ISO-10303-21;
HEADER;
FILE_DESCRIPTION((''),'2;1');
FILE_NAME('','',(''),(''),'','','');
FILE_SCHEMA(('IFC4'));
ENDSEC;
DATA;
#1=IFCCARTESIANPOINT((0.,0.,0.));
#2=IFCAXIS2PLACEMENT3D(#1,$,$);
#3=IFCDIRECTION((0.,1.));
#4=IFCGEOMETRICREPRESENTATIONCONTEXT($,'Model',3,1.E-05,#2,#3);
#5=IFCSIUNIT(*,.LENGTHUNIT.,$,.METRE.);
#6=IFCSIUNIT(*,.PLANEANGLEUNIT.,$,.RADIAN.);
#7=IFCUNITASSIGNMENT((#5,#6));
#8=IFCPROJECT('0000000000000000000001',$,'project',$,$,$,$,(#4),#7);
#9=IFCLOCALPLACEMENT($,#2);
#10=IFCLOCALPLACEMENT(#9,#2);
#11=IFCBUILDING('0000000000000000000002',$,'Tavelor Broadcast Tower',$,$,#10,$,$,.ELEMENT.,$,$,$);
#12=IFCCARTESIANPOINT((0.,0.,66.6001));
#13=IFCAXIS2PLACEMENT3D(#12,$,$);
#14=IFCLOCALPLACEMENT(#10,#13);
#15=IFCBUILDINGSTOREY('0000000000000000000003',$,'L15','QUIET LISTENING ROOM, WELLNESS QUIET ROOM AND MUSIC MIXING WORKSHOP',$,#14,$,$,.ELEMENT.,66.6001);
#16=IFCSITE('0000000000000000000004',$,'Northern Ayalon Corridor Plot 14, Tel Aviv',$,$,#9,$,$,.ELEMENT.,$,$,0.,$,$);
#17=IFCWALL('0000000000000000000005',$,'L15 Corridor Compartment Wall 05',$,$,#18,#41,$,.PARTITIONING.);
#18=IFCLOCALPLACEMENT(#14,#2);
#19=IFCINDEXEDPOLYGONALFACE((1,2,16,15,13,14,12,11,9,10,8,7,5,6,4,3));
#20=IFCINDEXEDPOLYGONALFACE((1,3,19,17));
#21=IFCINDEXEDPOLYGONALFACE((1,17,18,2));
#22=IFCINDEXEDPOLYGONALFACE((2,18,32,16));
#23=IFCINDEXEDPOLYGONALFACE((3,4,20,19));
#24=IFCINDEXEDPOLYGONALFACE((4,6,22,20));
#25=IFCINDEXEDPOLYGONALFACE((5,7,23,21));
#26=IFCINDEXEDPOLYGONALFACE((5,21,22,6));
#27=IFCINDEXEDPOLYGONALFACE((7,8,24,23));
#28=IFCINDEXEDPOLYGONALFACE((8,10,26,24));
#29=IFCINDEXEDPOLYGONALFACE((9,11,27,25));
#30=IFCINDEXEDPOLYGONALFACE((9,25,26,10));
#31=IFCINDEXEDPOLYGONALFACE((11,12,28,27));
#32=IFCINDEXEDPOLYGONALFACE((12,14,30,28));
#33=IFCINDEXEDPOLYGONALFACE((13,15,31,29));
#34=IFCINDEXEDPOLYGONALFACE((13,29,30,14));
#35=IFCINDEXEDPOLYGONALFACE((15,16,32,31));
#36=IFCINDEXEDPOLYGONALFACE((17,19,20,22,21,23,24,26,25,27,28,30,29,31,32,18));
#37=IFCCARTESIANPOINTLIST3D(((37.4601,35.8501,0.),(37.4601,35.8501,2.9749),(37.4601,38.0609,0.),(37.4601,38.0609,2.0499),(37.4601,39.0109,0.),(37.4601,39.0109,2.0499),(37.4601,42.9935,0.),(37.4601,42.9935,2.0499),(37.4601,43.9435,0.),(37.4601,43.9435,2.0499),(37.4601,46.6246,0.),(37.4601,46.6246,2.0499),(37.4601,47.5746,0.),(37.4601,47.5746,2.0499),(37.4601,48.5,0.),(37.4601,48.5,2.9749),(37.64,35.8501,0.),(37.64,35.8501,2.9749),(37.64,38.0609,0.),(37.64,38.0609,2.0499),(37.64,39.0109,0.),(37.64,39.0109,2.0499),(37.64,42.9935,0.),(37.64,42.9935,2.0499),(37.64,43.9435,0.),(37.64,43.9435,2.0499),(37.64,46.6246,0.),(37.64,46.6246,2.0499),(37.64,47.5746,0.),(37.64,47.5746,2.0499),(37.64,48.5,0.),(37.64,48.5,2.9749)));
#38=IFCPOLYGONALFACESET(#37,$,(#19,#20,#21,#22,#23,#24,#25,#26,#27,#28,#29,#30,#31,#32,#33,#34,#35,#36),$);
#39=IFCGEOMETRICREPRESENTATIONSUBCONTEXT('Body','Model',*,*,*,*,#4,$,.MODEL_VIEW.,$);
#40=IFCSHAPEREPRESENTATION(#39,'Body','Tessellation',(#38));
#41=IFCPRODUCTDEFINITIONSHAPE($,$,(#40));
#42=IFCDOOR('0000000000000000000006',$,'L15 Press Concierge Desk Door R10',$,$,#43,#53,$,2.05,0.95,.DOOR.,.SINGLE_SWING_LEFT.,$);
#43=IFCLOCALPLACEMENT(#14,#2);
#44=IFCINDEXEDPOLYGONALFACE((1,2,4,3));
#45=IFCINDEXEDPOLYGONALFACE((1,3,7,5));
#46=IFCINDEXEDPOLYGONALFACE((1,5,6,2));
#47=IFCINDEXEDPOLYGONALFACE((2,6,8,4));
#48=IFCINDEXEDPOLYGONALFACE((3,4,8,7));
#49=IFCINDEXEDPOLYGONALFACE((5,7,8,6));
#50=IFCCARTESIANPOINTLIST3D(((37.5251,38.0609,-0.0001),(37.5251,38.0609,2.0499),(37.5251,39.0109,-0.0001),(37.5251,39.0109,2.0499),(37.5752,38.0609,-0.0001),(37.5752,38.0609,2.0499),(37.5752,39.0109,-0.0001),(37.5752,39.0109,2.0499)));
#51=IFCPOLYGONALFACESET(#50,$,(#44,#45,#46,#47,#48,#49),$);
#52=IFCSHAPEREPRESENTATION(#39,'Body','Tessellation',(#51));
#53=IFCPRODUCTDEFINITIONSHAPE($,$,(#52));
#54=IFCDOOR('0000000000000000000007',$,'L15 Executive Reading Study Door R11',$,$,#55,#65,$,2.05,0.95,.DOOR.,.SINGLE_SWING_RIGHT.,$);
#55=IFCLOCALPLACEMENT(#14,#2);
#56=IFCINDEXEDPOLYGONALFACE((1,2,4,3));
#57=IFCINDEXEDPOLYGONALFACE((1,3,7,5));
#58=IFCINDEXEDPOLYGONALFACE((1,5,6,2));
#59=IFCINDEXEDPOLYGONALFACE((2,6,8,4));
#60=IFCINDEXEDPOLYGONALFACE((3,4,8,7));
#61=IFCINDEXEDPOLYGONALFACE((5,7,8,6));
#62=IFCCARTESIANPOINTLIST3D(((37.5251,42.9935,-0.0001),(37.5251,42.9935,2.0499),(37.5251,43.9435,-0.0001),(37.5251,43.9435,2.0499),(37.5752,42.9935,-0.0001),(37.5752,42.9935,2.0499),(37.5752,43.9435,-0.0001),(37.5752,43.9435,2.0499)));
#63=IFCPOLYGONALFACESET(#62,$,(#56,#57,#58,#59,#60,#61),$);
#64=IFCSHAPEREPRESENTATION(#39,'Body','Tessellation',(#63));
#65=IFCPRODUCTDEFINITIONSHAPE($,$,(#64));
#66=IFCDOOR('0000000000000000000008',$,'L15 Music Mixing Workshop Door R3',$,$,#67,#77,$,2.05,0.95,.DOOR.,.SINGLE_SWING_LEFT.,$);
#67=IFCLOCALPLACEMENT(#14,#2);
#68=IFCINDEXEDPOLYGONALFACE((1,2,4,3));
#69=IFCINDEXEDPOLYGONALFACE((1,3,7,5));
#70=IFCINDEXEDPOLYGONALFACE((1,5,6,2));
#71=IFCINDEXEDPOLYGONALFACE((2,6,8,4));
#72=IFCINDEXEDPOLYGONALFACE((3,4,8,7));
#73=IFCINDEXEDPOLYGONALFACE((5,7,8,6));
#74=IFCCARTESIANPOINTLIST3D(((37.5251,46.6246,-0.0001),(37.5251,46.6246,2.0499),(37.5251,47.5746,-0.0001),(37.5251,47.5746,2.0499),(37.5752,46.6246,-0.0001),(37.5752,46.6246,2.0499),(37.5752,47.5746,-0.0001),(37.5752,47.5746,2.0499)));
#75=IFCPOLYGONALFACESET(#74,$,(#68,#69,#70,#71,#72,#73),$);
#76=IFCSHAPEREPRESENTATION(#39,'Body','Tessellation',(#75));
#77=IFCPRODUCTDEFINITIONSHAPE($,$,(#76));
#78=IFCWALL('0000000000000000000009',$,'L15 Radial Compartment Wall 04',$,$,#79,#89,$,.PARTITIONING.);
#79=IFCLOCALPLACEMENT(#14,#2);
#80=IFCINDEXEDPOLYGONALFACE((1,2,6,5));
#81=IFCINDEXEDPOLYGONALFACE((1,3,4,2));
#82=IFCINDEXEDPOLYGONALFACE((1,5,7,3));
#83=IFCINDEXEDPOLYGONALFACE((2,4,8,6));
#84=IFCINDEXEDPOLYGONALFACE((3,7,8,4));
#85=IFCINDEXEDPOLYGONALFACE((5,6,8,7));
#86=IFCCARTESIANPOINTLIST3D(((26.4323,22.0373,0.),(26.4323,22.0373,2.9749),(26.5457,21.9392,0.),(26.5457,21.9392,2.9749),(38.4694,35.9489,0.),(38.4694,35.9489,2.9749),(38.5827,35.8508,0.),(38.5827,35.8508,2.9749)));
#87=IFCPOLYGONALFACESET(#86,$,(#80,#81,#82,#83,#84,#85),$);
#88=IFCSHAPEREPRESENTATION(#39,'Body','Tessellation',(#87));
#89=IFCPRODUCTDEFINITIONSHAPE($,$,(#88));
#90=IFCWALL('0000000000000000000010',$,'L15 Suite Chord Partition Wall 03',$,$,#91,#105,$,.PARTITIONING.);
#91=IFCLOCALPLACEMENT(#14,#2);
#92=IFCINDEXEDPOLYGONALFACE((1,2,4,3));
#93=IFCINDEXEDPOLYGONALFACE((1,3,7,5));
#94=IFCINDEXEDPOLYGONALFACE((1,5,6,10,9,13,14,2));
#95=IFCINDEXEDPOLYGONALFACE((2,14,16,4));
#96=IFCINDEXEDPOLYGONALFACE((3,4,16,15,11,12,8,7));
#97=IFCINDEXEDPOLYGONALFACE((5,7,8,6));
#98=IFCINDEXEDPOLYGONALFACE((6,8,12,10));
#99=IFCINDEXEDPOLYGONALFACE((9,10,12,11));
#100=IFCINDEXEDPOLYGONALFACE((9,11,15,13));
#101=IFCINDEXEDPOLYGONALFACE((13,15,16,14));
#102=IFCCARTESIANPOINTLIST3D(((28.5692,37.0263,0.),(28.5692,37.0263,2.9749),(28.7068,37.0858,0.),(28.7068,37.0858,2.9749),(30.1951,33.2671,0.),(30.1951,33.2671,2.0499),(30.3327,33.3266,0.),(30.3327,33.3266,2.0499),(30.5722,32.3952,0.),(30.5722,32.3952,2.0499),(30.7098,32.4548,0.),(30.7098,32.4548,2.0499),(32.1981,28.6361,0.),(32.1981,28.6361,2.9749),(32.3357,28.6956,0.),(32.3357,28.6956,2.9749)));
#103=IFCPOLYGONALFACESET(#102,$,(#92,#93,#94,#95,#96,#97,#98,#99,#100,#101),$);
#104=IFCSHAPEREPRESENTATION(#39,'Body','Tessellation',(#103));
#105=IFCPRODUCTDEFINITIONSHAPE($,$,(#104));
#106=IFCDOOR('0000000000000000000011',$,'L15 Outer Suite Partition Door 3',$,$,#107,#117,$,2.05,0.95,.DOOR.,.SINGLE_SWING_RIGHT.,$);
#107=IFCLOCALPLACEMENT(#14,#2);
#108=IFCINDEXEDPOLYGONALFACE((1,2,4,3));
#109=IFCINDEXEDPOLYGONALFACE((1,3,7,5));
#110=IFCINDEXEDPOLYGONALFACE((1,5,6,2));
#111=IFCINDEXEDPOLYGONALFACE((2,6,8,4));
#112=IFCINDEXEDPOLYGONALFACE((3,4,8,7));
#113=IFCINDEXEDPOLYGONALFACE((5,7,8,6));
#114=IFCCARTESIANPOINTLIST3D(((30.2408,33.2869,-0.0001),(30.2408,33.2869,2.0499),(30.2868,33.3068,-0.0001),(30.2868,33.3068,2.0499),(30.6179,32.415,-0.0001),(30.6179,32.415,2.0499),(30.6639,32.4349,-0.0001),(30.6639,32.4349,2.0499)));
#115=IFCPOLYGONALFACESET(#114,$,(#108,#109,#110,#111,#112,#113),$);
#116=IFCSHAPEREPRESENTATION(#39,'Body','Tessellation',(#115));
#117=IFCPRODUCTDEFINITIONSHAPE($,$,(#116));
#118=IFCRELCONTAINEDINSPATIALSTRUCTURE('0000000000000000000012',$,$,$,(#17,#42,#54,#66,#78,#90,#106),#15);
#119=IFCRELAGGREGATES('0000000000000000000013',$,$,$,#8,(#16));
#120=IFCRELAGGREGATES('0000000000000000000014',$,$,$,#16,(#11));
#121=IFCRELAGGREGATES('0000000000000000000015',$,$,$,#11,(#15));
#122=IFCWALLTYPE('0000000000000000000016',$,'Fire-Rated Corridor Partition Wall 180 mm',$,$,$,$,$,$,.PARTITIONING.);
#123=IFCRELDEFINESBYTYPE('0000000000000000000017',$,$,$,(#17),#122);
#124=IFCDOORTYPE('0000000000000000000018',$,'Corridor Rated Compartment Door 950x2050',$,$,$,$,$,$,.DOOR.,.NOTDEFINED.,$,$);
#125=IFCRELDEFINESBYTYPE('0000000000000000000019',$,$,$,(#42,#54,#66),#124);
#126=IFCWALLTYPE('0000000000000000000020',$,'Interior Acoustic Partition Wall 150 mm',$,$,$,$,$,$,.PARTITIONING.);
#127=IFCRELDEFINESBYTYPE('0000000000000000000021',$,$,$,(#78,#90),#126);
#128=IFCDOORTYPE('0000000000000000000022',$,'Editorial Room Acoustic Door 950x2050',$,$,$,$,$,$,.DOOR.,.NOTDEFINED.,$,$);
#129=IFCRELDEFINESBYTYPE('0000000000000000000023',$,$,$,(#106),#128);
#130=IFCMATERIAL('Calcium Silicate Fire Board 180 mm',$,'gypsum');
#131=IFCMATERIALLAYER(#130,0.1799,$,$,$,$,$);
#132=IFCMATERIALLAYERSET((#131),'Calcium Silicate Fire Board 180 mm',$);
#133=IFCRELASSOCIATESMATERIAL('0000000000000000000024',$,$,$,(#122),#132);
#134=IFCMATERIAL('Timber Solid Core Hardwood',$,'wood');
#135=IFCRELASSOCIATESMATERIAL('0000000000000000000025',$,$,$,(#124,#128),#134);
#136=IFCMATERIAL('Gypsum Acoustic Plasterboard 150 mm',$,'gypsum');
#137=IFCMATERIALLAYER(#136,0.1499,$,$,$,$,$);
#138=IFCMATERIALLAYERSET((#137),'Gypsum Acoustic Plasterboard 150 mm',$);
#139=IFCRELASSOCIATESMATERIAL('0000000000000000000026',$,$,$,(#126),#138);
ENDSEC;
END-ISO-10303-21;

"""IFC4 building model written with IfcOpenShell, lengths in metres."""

from ifc_helpers import new_model, si_unit, direction, frame, frame_2d, origin, place, context, subcontext, project, spatial, rectangle, extrude, material, layer, layer_set, type_object, element, fill, save


model = new_model("IFC4")

# Units and contexts
model_context = context("Model", 3, precision=1e-05, world=origin(), true_north=direction((0.0, 1.0)))
body_context = subcontext(model_context, "Body", "Model", "MODEL_VIEW")
ifc_project = project(units=[si_unit("LENGTHUNIT", "METRE"), si_unit("PLANEANGLEUNIT", "RADIAN")], contexts=[model_context])

# Site, building, storey
site_placement = place(None, origin())
site = spatial("IfcSite", under=ifc_project, at=site_placement, Name="Northern Ayalon Corridor Plot 14, Tel Aviv", CompositionType="ELEMENT", RefElevation=0.0)
building_placement = place(site_placement, origin())
building = spatial("IfcBuilding", under=site, at=building_placement, Name="Tavelor Broadcast Tower", CompositionType="ELEMENT")
storey_placement = place(building_placement, frame((0.0, 0.0, 66.6001)))
storey = spatial("IfcBuildingStorey", under=building, at=storey_placement, Name="L15", Description="QUIET LISTENING ROOM, WELLNESS QUIET ROOM AND MUSIC MIXING WORKSHOP", CompositionType="ELEMENT", Elevation=66.6001)

# Wall, openings, doors
ifc_material_1 = material(Name="Calcium Silicate Fire Board 180 mm", Category="gypsum")
ifc_layer_1 = layer(ifc_material_1, 0.1799)
ifc_layer_set_1 = layer_set([ifc_layer_1], Name="Calcium Silicate Fire Board 180 mm")
wall_type_1 = type_object("IfcWallType", Name="Fire-Rated Corridor Partition Wall 180 mm", PredefinedType="PARTITIONING", material=ifc_layer_set_1)
wall_1_placement = place(storey_placement, frame((37.55, 35.8501, 0.0), z_axis=(0.0, 0.0, 1.0), x_axis=(0.0, 1.0, 0.0)))
wall_1 = element("IfcWall", 1, at=wall_1_placement, inside=storey, type_object=wall_type_1, Name="L15 Corridor Compartment Wall 05", PredefinedType="PARTITIONING", context=body_context, shape_type="SweptSolid", body=[
    extrude(rectangle(XDim=12.6499, YDim=0.1799, at=frame_2d((6.325, 0.0))), origin(), (0.0, 0.0, 1.0), 2.9749),
])
opening_1_placement = place(wall_1_placement, frame((2.2107, 0.0, 0.0)))
opening_1 = element("IfcOpeningElement", 2, at=opening_1_placement, cuts=wall_1, PredefinedType="OPENING", context=body_context, shape_type="SweptSolid", body=[
    extrude(rectangle(XDim=0.95, YDim=2.05, at=frame_2d((0.4751, 1.0249))), frame((0.0, 0.1001, 0.0), z_axis=(0.0, -1.0, 0.0), x_axis=(1.0, 0.0, 0.0)), (0.0, 0.0, 1.0), 0.2),
])
opening_2_placement = place(wall_1_placement, frame((7.1433, 0.0, 0.0)))
opening_2 = element("IfcOpeningElement", 3, at=opening_2_placement, cuts=wall_1, PredefinedType="OPENING", context=body_context, shape_type="SweptSolid", body=[
    extrude(rectangle(XDim=0.95, YDim=2.05, at=frame_2d((0.4751, 1.0249))), frame((0.0, 0.1001, 0.0), z_axis=(0.0, -1.0, 0.0), x_axis=(1.0, 0.0, 0.0)), (0.0, 0.0, 1.0), 0.2),
])
opening_3_placement = place(wall_1_placement, frame((10.7744, 0.0, 0.0)))
opening_3 = element("IfcOpeningElement", 4, at=opening_3_placement, cuts=wall_1, PredefinedType="OPENING", context=body_context, shape_type="SweptSolid", body=[
    extrude(rectangle(XDim=0.95, YDim=2.05, at=frame_2d((0.4751, 1.0249))), frame((0.0, 0.1001, 0.0), z_axis=(0.0, -1.0, 0.0), x_axis=(1.0, 0.0, 0.0)), (0.0, 0.0, 1.0), 0.2),
])
ifc_material_2 = material(Name="Timber Solid Core Hardwood", Category="wood")
door_type_1 = type_object("IfcDoorType", Name="Corridor Rated Compartment Door 950x2050", OperationType="NOTDEFINED", PredefinedType="DOOR", material=ifc_material_2)
door_1_placement = place(opening_1_placement, origin())
door_1 = element("IfcDoor", 5, at=door_1_placement, inside=storey, type_object=door_type_1, Name="L15 Press Concierge Desk Door R10", OperationType="SINGLE_SWING_LEFT", OverallHeight=2.05, OverallWidth=0.95, PredefinedType="DOOR", context=body_context, shape_type="SweptSolid", body=[
    extrude(rectangle(XDim=0.95, YDim=2.05, at=frame_2d((0.4751, 1.0249))), frame((0.0, 0.0249, 0.0), z_axis=(0.0, -1.0, 0.0), x_axis=(1.0, 0.0, 0.0)), (0.0, 0.0, 1.0), 0.05),
])
fill(opening_1, door_1)
door_2_placement = place(opening_2_placement, origin())
door_2 = element("IfcDoor", 6, at=door_2_placement, inside=storey, type_object=door_type_1, Name="L15 Executive Reading Study Door R11", OperationType="SINGLE_SWING_RIGHT", OverallHeight=2.05, OverallWidth=0.95, PredefinedType="DOOR", context=body_context, shape_type="SweptSolid", body=[
    extrude(rectangle(XDim=0.95, YDim=2.05, at=frame_2d((0.4751, 1.0249))), frame((0.0, 0.0249, 0.0), z_axis=(0.0, -1.0, 0.0), x_axis=(1.0, 0.0, 0.0)), (0.0, 0.0, 1.0), 0.05),
])
fill(opening_2, door_2)
door_3_placement = place(opening_3_placement, origin())
door_3 = element("IfcDoor", 7, at=door_3_placement, inside=storey, type_object=door_type_1, Name="L15 Music Mixing Workshop Door R3", OperationType="SINGLE_SWING_LEFT", OverallHeight=2.05, OverallWidth=0.95, PredefinedType="DOOR", context=body_context, shape_type="SweptSolid", body=[
    extrude(rectangle(XDim=0.95, YDim=2.05, at=frame_2d((0.4751, 1.0249))), frame((0.0, 0.0249, 0.0), z_axis=(0.0, -1.0, 0.0), x_axis=(1.0, 0.0, 0.0)), (0.0, 0.0, 1.0), 0.05),
])
fill(opening_3, door_3)

# Wall
ifc_material_3 = material(Name="Gypsum Acoustic Plasterboard 150 mm", Category="gypsum")
ifc_layer_2 = layer(ifc_material_3, 0.1499)
ifc_layer_set_2 = layer_set([ifc_layer_2], Name="Gypsum Acoustic Plasterboard 150 mm")
wall_type_2 = type_object("IfcWallType", Name="Interior Acoustic Partition Wall 150 mm", PredefinedType="PARTITIONING", material=ifc_layer_set_2)
wall_2_placement = place(storey_placement, frame((38.5261, 35.8999, 0.0), z_axis=(0.0, 0.0, 1.0), x_axis=(-0.654321, -0.756217, 0.0)))
element("IfcWall", 8, at=wall_2_placement, inside=storey, type_object=wall_type_2, Name="L15 Radial Compartment Wall 04", PredefinedType="PARTITIONING", context=body_context, shape_type="SweptSolid", body=[
    extrude(rectangle(XDim=18.3962, YDim=0.1499, at=frame_2d((9.1982, 0.0))), origin(), (0.0, 0.0, 1.0), 2.9749),
])

# Wall, opening, door
wall_3_placement = place(storey_placement, frame((28.6379, 37.0562, 0.0), z_axis=(0.0, 0.0, 1.0), x_axis=(0.396979, -0.917828, 0.0)))
wall_3 = element("IfcWall", 9, at=wall_3_placement, inside=storey, type_object=wall_type_2, Name="L15 Suite Chord Partition Wall 03", PredefinedType="PARTITIONING", context=body_context, shape_type="SweptSolid", body=[
    extrude(rectangle(XDim=9.1414, YDim=0.1499, at=frame_2d((4.5708, 0.0))), origin(), (0.0, 0.0, 1.0), 2.9749),
])
opening_4_placement = place(wall_3_placement, frame((4.0957, 0.0, 0.0)))
opening_4 = element("IfcOpeningElement", 10, at=opening_4_placement, cuts=wall_3, PredefinedType="OPENING", context=body_context, shape_type="SweptSolid", body=[
    extrude(rectangle(XDim=0.95, YDim=2.05, at=frame_2d((0.4751, 1.0249))), frame((0.0, 0.085, 0.0), z_axis=(0.0, -1.0, 0.0), x_axis=(1.0, 0.0, 0.0)), (0.0, 0.0, 1.0), 0.1699),
])
door_type_2 = type_object("IfcDoorType", Name="Editorial Room Acoustic Door 950x2050", OperationType="NOTDEFINED", PredefinedType="DOOR", material=ifc_material_2)
door_4_placement = place(opening_4_placement, origin())
door_4 = element("IfcDoor", 11, at=door_4_placement, inside=storey, type_object=door_type_2, Name="L15 Outer Suite Partition Door 3", OperationType="SINGLE_SWING_RIGHT", OverallHeight=2.05, OverallWidth=0.95, PredefinedType="DOOR", context=body_context, shape_type="SweptSolid", body=[
    extrude(rectangle(XDim=0.95, YDim=2.05, at=frame_2d((0.4751, 1.0249))), frame((0.0, 0.0249, 0.0), z_axis=(0.0, -1.0, 0.0), x_axis=(1.0, 0.0, 0.0)), (0.0, 0.0, 1.0), 0.05),
])
fill(opening_4, door_4)

save(model, "model.ifc")
